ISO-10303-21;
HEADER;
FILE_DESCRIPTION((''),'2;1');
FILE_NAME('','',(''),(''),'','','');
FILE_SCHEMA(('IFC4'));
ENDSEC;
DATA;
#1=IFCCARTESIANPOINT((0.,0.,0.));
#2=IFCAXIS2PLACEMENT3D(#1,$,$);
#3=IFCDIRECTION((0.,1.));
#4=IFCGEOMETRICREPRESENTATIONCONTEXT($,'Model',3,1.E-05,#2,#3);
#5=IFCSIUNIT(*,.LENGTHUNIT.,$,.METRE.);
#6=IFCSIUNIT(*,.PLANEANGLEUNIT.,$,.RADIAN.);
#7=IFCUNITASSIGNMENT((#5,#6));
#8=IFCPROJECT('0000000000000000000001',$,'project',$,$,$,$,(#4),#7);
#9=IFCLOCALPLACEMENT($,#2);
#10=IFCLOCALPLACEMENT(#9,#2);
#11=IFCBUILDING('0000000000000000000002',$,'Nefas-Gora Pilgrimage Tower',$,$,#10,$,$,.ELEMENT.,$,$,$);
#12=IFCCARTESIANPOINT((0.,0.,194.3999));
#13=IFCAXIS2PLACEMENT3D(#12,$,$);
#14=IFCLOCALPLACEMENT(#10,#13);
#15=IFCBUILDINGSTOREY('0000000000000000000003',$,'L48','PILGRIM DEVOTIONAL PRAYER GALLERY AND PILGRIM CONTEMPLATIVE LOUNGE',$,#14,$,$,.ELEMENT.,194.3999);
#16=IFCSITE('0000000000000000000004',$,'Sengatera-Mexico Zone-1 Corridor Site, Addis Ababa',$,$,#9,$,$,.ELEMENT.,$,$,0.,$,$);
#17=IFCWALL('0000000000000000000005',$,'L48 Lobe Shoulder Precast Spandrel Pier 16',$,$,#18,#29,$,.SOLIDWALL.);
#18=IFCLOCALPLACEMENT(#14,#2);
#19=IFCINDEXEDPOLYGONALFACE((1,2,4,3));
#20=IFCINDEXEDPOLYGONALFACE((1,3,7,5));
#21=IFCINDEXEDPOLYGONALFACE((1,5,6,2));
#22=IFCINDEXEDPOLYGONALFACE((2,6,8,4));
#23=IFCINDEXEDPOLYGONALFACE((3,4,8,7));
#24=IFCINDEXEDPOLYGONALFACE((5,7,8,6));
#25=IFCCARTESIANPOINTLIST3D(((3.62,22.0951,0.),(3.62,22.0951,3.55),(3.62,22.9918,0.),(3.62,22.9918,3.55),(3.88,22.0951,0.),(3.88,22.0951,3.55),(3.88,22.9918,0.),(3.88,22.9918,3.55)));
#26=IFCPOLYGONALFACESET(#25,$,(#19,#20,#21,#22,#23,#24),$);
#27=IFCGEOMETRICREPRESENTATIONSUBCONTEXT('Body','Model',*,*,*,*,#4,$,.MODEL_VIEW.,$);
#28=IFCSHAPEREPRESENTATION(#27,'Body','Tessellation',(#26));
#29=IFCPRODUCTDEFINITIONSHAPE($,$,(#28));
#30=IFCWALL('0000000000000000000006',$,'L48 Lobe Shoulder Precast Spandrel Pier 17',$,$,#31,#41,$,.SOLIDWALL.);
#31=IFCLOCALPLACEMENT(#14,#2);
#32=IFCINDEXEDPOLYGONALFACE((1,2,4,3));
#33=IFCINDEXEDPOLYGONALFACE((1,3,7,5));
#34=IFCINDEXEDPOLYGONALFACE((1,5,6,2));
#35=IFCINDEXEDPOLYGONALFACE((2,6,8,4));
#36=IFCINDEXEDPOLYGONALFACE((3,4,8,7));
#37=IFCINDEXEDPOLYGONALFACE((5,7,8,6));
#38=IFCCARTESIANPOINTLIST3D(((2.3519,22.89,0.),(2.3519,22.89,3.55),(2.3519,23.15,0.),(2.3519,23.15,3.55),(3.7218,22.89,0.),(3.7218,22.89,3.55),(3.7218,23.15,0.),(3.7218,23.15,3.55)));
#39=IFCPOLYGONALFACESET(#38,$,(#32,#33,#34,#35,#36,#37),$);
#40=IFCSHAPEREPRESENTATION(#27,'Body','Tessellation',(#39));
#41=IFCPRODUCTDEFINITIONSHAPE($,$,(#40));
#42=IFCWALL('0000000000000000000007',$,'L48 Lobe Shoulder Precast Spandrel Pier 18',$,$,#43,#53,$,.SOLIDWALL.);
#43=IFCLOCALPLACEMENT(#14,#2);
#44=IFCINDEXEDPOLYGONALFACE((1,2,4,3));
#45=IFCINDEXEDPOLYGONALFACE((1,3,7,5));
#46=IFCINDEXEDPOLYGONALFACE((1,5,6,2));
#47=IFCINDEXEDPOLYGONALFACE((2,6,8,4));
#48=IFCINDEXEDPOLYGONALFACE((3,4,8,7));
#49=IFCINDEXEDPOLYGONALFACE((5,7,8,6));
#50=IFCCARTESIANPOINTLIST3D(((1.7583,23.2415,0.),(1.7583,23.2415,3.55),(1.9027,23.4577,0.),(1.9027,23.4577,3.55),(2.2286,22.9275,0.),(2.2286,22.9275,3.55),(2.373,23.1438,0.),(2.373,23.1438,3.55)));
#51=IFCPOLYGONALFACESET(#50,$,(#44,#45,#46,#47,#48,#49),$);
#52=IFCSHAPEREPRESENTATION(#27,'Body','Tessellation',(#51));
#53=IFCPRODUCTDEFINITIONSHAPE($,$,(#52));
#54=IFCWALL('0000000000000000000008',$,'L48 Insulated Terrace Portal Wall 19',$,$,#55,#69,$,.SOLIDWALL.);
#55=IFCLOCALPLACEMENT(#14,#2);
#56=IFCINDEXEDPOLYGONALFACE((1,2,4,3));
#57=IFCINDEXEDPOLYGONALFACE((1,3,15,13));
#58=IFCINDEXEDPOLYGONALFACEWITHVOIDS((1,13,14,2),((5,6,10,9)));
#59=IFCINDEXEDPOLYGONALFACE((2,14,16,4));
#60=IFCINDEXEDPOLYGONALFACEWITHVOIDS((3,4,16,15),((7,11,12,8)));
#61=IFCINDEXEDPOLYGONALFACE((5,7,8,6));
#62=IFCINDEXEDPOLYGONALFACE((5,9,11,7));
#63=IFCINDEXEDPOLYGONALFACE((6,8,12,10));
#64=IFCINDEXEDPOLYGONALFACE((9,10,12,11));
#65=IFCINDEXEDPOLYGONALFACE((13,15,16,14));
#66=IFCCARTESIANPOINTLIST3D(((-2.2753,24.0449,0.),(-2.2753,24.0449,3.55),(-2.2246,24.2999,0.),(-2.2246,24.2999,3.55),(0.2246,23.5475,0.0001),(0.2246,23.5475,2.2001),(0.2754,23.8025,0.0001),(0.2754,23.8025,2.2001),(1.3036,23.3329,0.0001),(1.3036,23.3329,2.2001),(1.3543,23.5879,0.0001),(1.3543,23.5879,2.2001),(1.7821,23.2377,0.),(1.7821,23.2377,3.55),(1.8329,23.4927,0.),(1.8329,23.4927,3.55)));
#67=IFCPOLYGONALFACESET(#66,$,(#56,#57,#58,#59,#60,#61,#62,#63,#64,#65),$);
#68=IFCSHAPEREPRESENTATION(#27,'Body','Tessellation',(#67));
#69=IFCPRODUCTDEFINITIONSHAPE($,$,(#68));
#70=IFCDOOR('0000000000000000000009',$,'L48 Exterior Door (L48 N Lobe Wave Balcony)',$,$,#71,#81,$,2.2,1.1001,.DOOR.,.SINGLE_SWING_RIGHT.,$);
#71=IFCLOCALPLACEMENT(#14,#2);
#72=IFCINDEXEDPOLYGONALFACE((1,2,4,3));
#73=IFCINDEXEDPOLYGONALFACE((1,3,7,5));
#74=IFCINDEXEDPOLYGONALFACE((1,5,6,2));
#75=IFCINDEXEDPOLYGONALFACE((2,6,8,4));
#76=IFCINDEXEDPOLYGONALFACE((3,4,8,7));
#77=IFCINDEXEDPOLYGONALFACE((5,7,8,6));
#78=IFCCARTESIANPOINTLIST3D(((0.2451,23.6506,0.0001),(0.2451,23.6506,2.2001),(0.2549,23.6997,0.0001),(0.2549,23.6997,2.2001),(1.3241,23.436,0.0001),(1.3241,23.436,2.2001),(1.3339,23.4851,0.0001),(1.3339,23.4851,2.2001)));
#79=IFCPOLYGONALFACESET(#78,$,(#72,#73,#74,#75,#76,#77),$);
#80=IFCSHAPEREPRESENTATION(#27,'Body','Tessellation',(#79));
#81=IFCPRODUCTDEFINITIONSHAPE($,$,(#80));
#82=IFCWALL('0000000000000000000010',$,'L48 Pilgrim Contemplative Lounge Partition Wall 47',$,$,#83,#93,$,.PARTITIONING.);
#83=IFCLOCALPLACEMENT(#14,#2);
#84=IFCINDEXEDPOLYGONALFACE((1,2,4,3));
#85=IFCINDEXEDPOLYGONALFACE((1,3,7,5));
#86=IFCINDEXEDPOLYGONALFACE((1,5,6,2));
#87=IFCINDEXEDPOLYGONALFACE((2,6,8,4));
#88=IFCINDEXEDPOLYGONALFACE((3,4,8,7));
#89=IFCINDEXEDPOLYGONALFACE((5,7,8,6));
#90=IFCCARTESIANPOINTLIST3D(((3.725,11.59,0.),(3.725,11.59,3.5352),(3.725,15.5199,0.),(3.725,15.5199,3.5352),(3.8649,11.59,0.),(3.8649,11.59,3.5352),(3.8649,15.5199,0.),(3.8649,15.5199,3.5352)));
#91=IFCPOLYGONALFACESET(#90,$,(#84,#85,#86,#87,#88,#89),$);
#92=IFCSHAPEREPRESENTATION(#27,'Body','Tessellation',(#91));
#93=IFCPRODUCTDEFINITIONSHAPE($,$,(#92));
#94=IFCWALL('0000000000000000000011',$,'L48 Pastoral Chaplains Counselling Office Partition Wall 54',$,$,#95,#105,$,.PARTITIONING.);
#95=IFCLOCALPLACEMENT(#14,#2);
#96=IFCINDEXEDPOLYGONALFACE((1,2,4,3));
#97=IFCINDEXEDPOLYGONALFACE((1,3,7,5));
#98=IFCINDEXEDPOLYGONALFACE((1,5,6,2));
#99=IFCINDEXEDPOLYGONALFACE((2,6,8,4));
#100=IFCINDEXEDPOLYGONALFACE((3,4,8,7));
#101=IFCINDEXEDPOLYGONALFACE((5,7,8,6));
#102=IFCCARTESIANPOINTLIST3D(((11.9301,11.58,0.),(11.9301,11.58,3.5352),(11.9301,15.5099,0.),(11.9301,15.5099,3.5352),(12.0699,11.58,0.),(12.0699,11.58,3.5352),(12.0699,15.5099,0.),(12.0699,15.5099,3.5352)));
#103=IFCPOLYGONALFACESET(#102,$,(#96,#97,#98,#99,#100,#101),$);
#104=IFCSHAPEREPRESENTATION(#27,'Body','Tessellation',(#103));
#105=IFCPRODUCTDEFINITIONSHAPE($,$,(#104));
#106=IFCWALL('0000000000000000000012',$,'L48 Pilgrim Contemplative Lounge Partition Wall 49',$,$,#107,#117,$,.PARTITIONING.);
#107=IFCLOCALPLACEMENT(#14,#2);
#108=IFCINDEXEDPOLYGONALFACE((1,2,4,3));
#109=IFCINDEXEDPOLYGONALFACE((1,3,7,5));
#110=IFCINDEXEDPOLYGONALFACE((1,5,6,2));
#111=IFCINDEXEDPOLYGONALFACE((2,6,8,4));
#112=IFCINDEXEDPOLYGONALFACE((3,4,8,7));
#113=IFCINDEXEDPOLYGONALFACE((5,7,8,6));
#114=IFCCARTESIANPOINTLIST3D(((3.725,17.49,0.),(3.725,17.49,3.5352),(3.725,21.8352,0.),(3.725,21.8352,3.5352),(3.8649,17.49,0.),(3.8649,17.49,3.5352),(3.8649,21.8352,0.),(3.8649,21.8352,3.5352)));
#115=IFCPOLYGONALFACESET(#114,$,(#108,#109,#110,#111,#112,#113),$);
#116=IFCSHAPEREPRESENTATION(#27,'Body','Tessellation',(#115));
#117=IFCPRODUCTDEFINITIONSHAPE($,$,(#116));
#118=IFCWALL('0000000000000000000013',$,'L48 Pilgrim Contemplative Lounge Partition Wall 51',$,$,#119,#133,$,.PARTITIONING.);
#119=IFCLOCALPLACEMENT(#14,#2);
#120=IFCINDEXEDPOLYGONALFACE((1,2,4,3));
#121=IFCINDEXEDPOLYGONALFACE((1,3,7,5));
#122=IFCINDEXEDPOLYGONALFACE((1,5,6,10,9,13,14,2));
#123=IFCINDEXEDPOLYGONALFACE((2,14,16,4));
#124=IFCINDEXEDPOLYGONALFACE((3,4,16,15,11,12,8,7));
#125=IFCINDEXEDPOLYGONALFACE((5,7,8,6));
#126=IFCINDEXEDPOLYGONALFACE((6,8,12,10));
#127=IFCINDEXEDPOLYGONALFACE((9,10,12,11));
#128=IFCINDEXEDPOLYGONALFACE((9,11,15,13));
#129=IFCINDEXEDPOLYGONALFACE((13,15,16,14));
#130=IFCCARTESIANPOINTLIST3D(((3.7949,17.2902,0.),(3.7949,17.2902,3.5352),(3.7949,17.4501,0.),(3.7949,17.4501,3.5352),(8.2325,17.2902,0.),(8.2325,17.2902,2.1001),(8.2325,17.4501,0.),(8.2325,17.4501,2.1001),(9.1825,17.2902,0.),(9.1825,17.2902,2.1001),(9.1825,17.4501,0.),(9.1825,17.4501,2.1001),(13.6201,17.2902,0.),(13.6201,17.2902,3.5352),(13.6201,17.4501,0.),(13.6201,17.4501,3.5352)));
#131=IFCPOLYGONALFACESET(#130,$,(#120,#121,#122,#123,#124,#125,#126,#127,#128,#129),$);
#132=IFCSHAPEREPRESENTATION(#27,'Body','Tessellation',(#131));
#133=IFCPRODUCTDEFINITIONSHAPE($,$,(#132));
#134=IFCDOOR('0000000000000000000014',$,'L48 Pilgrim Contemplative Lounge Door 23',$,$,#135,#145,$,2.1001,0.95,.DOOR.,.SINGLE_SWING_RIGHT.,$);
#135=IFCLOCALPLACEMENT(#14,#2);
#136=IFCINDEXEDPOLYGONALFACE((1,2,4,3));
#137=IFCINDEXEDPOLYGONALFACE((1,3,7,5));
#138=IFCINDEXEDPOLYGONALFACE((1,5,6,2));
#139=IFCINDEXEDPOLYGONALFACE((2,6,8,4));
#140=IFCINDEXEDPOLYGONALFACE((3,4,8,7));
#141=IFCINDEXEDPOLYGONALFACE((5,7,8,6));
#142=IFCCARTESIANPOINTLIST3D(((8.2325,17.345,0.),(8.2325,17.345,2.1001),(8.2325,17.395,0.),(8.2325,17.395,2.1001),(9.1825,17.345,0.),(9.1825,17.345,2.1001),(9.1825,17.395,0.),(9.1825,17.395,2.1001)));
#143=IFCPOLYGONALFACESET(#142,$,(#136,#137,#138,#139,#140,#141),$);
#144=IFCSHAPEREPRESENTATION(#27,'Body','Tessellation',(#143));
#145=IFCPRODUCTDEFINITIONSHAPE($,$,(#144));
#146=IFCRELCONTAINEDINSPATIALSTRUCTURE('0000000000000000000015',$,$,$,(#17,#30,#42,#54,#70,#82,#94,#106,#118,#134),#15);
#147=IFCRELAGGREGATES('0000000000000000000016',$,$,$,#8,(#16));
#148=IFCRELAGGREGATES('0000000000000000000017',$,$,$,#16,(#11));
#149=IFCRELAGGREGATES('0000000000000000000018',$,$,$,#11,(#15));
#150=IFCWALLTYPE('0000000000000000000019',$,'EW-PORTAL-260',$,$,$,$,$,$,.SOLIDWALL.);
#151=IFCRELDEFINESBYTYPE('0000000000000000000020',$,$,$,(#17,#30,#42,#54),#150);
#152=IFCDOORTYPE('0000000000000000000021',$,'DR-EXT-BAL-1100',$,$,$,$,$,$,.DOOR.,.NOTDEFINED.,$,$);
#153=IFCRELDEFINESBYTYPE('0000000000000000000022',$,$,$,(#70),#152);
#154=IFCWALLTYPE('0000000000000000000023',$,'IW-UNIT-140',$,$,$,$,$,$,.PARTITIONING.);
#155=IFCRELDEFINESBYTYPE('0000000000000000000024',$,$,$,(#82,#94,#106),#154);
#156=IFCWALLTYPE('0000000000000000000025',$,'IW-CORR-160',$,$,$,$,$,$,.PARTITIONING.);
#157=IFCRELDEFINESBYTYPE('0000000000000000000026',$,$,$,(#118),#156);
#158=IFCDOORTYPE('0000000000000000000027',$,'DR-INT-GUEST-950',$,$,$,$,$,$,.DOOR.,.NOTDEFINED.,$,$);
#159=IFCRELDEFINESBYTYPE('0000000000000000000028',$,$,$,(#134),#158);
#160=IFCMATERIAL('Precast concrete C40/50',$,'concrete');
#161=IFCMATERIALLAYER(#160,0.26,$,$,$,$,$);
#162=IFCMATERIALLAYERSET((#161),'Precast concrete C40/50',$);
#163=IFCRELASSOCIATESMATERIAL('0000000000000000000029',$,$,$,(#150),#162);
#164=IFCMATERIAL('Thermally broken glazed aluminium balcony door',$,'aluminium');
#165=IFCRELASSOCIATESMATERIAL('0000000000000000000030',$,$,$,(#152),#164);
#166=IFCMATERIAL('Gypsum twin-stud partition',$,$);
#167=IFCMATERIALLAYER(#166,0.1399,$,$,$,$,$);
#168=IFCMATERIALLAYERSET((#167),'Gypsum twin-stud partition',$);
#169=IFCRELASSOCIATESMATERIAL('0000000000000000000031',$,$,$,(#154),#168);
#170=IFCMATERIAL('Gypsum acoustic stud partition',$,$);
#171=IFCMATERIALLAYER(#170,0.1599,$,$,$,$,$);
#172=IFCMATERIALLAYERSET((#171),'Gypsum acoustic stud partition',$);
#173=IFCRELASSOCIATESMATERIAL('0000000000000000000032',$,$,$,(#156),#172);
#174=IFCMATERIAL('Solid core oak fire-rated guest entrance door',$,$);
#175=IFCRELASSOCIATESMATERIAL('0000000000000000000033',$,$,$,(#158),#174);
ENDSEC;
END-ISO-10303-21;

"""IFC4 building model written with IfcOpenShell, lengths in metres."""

from ifc_helpers import new_model, si_unit, direction, frame, frame_2d, origin, place, context, subcontext, project, spatial, rectangle, extrude, source, transform, mapped, material, layer, layer_set, type_object, element, fill, save


model = new_model("IFC4")

# Units and contexts
model_context = context("Model", 3, precision=1e-05, world=origin(), true_north=direction((0.0, 1.0)))
body_context = subcontext(model_context, "Body", "Model", "MODEL_VIEW")
ifc_project = project(units=[si_unit("LENGTHUNIT", "METRE"), si_unit("PLANEANGLEUNIT", "RADIAN")], contexts=[model_context])

# Site, building, storey
site_placement = place(None, origin())
site = spatial("IfcSite", under=ifc_project, at=site_placement, Name="Sengatera-Mexico Zone-1 Corridor Site, Addis Ababa", CompositionType="ELEMENT", RefElevation=0.0)
building_placement = place(site_placement, origin())
building = spatial("IfcBuilding", under=site, at=building_placement, Name="Nefas-Gora Pilgrimage Tower", CompositionType="ELEMENT")
storey_placement = place(building_placement, frame((0.0, 0.0, 194.3999)))
storey = spatial("IfcBuildingStorey", under=building, at=storey_placement, Name="L48", Description="PILGRIM DEVOTIONAL PRAYER GALLERY AND PILGRIM CONTEMPLATIVE LOUNGE", CompositionType="ELEMENT", Elevation=194.3999)

# Walls
ifc_material_1 = material(Name="Precast concrete C40/50", Category="concrete")
ifc_layer_1 = layer(ifc_material_1, 0.26)
ifc_layer_set_1 = layer_set([ifc_layer_1], Name="Precast concrete C40/50")
wall_type_1 = type_object("IfcWallType", Name="EW-PORTAL-260", PredefinedType="SOLIDWALL", material=ifc_layer_set_1)
shared_shape_1 = source(origin(), body_context, "Body", "SweptSolid", [
    extrude(rectangle(XDim=0.8967, YDim=0.26, at=frame_2d((0.4482, 0.0))), origin(), (0.0, 0.0, 1.0), 3.55),
])
wall_1_placement = place(storey_placement, frame((3.75, 22.0952, 0.0), z_axis=(0.0, 0.0, 1.0), x_axis=(0.0, 1.0, 0.0)))
element("IfcWall", 1, at=wall_1_placement, inside=storey, type_object=wall_type_1, Name="L48 Lobe Shoulder Precast Spandrel Pier 16", PredefinedType="SOLIDWALL", context=body_context, shape_type="MappedRepresentation", body=[
    mapped(shared_shape_1, transform((0.0, 0.0, 0.0), x_axis=(1.0, 0.0, 0.0), y_axis=(0.0, 1.0, 0.0), z_axis=(0.0, 0.0, 1.0), scale=1.0)),
])
shared_shape_2 = source(origin(), body_context, "Body", "SweptSolid", [
    extrude(rectangle(XDim=1.3699, YDim=0.26, at=frame_2d((0.6851, 0.0))), origin(), (0.0, 0.0, 1.0), 3.55),
])
wall_2_placement = place(storey_placement, frame((3.7219, 23.02, 0.0), z_axis=(0.0, 0.0, 1.0), x_axis=(-1.0, 0.0, 0.0)))
element("IfcWall", 2, at=wall_2_placement, inside=storey, type_object=wall_type_1, Name="L48 Lobe Shoulder Precast Spandrel Pier 17", PredefinedType="SOLIDWALL", context=body_context, shape_type="MappedRepresentation", body=[
    mapped(shared_shape_2, transform((0.0, 0.0, 0.0), x_axis=(1.0, 0.0, 0.0), y_axis=(0.0, 1.0, 0.0), z_axis=(0.0, 0.0, 1.0), scale=1.0)),
])
shared_shape_3 = source(origin(), body_context, "Body", "SweptSolid", [
    extrude(rectangle(XDim=0.5654, YDim=0.26, at=frame_2d((0.2827, 0.0))), origin(), (0.0, 0.0, 1.0), 3.55),
])
wall_3_placement = place(storey_placement, frame((2.3008, 23.0356, 0.0), z_axis=(0.0, 0.0, 1.0), x_axis=(-0.831651, 0.555298, 0.0)))
element("IfcWall", 3, at=wall_3_placement, inside=storey, type_object=wall_type_1, Name="L48 Lobe Shoulder Precast Spandrel Pier 18", PredefinedType="SOLIDWALL", context=body_context, shape_type="MappedRepresentation", body=[
    mapped(shared_shape_3, transform((0.0, 0.0, 0.0), x_axis=(1.0, 0.0, 0.0), y_axis=(0.0, 1.0, 0.0), z_axis=(0.0, 0.0, 1.0), scale=1.0)),
])

# Wall, opening, door
shared_shape_4 = source(origin(), body_context, "Body", "SweptSolid", [
    extrude(rectangle(XDim=4.137, YDim=0.26, at=frame_2d((2.0684, 0.0))), origin(), (0.0, 0.0, 1.0), 3.55),
])
wall_4_placement = place(storey_placement, frame((1.8074, 23.3652, 0.0), z_axis=(0.0, 0.0, 1.0), x_axis=(-0.980782, 0.195106, 0.0)))
wall_4 = element("IfcWall", 4, at=wall_4_placement, inside=storey, type_object=wall_type_1, Name="L48 Insulated Terrace Portal Wall 19", PredefinedType="SOLIDWALL", context=body_context, shape_type="MappedRepresentation", body=[
    mapped(shared_shape_4, transform((0.0, 0.0, 0.0), x_axis=(1.0, 0.0, 0.0), y_axis=(0.0, 1.0, 0.0), z_axis=(0.0, 0.0, 1.0), scale=1.0)),
])
opening_1_placement = place(wall_4_placement, frame((0.4878, 0.0, 0.0)))
opening_1 = element("IfcOpeningElement", 5, at=opening_1_placement, cuts=wall_4, PredefinedType="OPENING", context=body_context, shape_type="SweptSolid", body=[
    extrude(rectangle(XDim=1.1001, YDim=2.2, at=frame_2d((0.55, 1.1001))), frame((0.0, 0.1399, 0.0), z_axis=(0.0, -1.0, 0.0), x_axis=(1.0, 0.0, 0.0)), (0.0, 0.0, 1.0), 0.28),
])
ifc_material_2 = material(Name="Thermally broken glazed aluminium balcony door", Category="aluminium")
door_type_1 = type_object("IfcDoorType", Name="DR-EXT-BAL-1100", OperationType="NOTDEFINED", PredefinedType="DOOR", material=ifc_material_2)
shared_shape_5 = source(origin(), body_context, "Body", "SweptSolid", [
    extrude(rectangle(XDim=1.1001, YDim=2.2, at=frame_2d((0.55, 1.1001))), frame((0.0, 0.0249, 0.0), z_axis=(0.0, -1.0, 0.0), x_axis=(1.0, 0.0, 0.0)), (0.0, 0.0, 1.0), 0.05),
])
door_1_placement = place(opening_1_placement, origin())
door_1 = element("IfcDoor", 6, at=door_1_placement, inside=storey, type_object=door_type_1, Name="L48 Exterior Door (L48 N Lobe Wave Balcony)", OperationType="SINGLE_SWING_RIGHT", OverallHeight=2.2, OverallWidth=1.1001, PredefinedType="DOOR", context=body_context, shape_type="MappedRepresentation", body=[
    mapped(shared_shape_5, transform((0.0, 0.0, 0.0), x_axis=(1.0, 0.0, 0.0), y_axis=(0.0, 1.0, 0.0), z_axis=(0.0, 0.0, 1.0), scale=1.0)),
])
fill(opening_1, door_1)

# Walls
ifc_material_3 = material(Name="Gypsum twin-stud partition")
ifc_layer_2 = layer(ifc_material_3, 0.1399)
ifc_layer_set_2 = layer_set([ifc_layer_2], Name="Gypsum twin-stud partition")
wall_type_2 = type_object("IfcWallType", Name="IW-UNIT-140", PredefinedType="PARTITIONING", material=ifc_layer_set_2)
shared_shape_6 = source(origin(), body_context, "Body", "SweptSolid", [
    extrude(rectangle(XDim=3.9299, YDim=0.1399, at=frame_2d((1.9648, 0.0))), origin(), (0.0, 0.0, 1.0), 3.5352),
])
for number, where, z_axis, x_axis, name in (
    (7, (3.7949, 11.5901, 0.0), (0.0, 0.0, 1.0), (0.0, 1.0, 0.0), "L48 Pilgrim Contemplative Lounge Partition Wall 47"),
    (8, (12.0, 11.5801, 0.0), (0.0, 0.0, 1.0), (0.0, 1.0, 0.0), "L48 Pastoral Chaplains Counselling Office Partition Wall 54"),
):
    element("IfcWall", number, at=place(storey_placement, frame(where, z_axis=z_axis, x_axis=x_axis)), inside=storey, type_object=wall_type_2, Name=name, PredefinedType="PARTITIONING", context=body_context, shape_type="MappedRepresentation", body=[
        mapped(shared_shape_6, transform((0.0, 0.0, 0.0), x_axis=(1.0, 0.0, 0.0), y_axis=(0.0, 1.0, 0.0), z_axis=(0.0, 0.0, 1.0), scale=1.0)),
    ])
shared_shape_7 = source(origin(), body_context, "Body", "SweptSolid", [
    extrude(rectangle(XDim=4.3452, YDim=0.1399, at=frame_2d((2.1726, 0.0))), origin(), (0.0, 0.0, 1.0), 3.5352),
])
wall_5_placement = place(storey_placement, frame((3.7949, 17.49, 0.0), z_axis=(0.0, 0.0, 1.0), x_axis=(0.0, 1.0, 0.0)))
element("IfcWall", 9, at=wall_5_placement, inside=storey, type_object=wall_type_2, Name="L48 Pilgrim Contemplative Lounge Partition Wall 49", PredefinedType="PARTITIONING", context=body_context, shape_type="MappedRepresentation", body=[
    mapped(shared_shape_7, transform((0.0, 0.0, 0.0), x_axis=(1.0, 0.0, 0.0), y_axis=(0.0, 1.0, 0.0), z_axis=(0.0, 0.0, 1.0), scale=1.0)),
])

# Wall, opening, door
ifc_material_4 = material(Name="Gypsum acoustic stud partition")
ifc_layer_3 = layer(ifc_material_4, 0.1599)
ifc_layer_set_3 = layer_set([ifc_layer_3], Name="Gypsum acoustic stud partition")
wall_type_3 = type_object("IfcWallType", Name="IW-CORR-160", PredefinedType="PARTITIONING", material=ifc_layer_set_3)
shared_shape_8 = source(origin(), body_context, "Body", "SweptSolid", [
    extrude(rectangle(XDim=9.8252, YDim=0.1599, at=frame_2d((4.9126, 0.0))), origin(), (0.0, 0.0, 1.0), 3.5352),
])
wall_6_placement = place(storey_placement, frame((3.7949, 17.3701, 0.0), z_axis=(0.0, 0.0, 1.0), x_axis=(1.0, 0.0, 0.0)))
wall_6 = element("IfcWall", 10, at=wall_6_placement, inside=storey, type_object=wall_type_3, Name="L48 Pilgrim Contemplative Lounge Partition Wall 51", PredefinedType="PARTITIONING", context=body_context, shape_type="MappedRepresentation", body=[
    mapped(shared_shape_8, transform((0.0, 0.0, 0.0), x_axis=(1.0, 0.0, 0.0), y_axis=(0.0, 1.0, 0.0), z_axis=(0.0, 0.0, 1.0), scale=1.0)),
])
opening_2_placement = place(wall_6_placement, frame((4.4375, 0.0, 0.0)))
opening_2 = element("IfcOpeningElement", 11, at=opening_2_placement, cuts=wall_6, PredefinedType="OPENING", context=body_context, shape_type="SweptSolid", body=[
    extrude(rectangle(XDim=0.95, YDim=2.1001, at=frame_2d((0.4751, 1.05))), frame((0.0, 0.0898, 0.0), z_axis=(0.0, -1.0, 0.0), x_axis=(1.0, 0.0, 0.0)), (0.0, 0.0, 1.0), 0.1799),
])
ifc_material_5 = material(Name="Solid core oak fire-rated guest entrance door")
door_type_2 = type_object("IfcDoorType", Name="DR-INT-GUEST-950", OperationType="NOTDEFINED", PredefinedType="DOOR", material=ifc_material_5)
shared_shape_9 = source(origin(), body_context, "Body", "SweptSolid", [
    extrude(rectangle(XDim=0.95, YDim=2.1001, at=frame_2d((0.4751, 1.05))), frame((0.0, 0.0249, 0.0), z_axis=(0.0, -1.0, 0.0), x_axis=(1.0, 0.0, 0.0)), (0.0, 0.0, 1.0), 0.05),
])
door_2_placement = place(opening_2_placement, origin())
door_2 = element("IfcDoor", 12, at=door_2_placement, inside=storey, type_object=door_type_2, Name="L48 Pilgrim Contemplative Lounge Door 23", OperationType="SINGLE_SWING_RIGHT", OverallHeight=2.1001, OverallWidth=0.95, PredefinedType="DOOR", context=body_context, shape_type="MappedRepresentation", body=[
    mapped(shared_shape_9, transform((0.0, 0.0, 0.0), x_axis=(1.0, 0.0, 0.0), y_axis=(0.0, 1.0, 0.0), z_axis=(0.0, 0.0, 1.0), scale=1.0)),
])
fill(opening_2, door_2)

save(model, "model.ifc")
